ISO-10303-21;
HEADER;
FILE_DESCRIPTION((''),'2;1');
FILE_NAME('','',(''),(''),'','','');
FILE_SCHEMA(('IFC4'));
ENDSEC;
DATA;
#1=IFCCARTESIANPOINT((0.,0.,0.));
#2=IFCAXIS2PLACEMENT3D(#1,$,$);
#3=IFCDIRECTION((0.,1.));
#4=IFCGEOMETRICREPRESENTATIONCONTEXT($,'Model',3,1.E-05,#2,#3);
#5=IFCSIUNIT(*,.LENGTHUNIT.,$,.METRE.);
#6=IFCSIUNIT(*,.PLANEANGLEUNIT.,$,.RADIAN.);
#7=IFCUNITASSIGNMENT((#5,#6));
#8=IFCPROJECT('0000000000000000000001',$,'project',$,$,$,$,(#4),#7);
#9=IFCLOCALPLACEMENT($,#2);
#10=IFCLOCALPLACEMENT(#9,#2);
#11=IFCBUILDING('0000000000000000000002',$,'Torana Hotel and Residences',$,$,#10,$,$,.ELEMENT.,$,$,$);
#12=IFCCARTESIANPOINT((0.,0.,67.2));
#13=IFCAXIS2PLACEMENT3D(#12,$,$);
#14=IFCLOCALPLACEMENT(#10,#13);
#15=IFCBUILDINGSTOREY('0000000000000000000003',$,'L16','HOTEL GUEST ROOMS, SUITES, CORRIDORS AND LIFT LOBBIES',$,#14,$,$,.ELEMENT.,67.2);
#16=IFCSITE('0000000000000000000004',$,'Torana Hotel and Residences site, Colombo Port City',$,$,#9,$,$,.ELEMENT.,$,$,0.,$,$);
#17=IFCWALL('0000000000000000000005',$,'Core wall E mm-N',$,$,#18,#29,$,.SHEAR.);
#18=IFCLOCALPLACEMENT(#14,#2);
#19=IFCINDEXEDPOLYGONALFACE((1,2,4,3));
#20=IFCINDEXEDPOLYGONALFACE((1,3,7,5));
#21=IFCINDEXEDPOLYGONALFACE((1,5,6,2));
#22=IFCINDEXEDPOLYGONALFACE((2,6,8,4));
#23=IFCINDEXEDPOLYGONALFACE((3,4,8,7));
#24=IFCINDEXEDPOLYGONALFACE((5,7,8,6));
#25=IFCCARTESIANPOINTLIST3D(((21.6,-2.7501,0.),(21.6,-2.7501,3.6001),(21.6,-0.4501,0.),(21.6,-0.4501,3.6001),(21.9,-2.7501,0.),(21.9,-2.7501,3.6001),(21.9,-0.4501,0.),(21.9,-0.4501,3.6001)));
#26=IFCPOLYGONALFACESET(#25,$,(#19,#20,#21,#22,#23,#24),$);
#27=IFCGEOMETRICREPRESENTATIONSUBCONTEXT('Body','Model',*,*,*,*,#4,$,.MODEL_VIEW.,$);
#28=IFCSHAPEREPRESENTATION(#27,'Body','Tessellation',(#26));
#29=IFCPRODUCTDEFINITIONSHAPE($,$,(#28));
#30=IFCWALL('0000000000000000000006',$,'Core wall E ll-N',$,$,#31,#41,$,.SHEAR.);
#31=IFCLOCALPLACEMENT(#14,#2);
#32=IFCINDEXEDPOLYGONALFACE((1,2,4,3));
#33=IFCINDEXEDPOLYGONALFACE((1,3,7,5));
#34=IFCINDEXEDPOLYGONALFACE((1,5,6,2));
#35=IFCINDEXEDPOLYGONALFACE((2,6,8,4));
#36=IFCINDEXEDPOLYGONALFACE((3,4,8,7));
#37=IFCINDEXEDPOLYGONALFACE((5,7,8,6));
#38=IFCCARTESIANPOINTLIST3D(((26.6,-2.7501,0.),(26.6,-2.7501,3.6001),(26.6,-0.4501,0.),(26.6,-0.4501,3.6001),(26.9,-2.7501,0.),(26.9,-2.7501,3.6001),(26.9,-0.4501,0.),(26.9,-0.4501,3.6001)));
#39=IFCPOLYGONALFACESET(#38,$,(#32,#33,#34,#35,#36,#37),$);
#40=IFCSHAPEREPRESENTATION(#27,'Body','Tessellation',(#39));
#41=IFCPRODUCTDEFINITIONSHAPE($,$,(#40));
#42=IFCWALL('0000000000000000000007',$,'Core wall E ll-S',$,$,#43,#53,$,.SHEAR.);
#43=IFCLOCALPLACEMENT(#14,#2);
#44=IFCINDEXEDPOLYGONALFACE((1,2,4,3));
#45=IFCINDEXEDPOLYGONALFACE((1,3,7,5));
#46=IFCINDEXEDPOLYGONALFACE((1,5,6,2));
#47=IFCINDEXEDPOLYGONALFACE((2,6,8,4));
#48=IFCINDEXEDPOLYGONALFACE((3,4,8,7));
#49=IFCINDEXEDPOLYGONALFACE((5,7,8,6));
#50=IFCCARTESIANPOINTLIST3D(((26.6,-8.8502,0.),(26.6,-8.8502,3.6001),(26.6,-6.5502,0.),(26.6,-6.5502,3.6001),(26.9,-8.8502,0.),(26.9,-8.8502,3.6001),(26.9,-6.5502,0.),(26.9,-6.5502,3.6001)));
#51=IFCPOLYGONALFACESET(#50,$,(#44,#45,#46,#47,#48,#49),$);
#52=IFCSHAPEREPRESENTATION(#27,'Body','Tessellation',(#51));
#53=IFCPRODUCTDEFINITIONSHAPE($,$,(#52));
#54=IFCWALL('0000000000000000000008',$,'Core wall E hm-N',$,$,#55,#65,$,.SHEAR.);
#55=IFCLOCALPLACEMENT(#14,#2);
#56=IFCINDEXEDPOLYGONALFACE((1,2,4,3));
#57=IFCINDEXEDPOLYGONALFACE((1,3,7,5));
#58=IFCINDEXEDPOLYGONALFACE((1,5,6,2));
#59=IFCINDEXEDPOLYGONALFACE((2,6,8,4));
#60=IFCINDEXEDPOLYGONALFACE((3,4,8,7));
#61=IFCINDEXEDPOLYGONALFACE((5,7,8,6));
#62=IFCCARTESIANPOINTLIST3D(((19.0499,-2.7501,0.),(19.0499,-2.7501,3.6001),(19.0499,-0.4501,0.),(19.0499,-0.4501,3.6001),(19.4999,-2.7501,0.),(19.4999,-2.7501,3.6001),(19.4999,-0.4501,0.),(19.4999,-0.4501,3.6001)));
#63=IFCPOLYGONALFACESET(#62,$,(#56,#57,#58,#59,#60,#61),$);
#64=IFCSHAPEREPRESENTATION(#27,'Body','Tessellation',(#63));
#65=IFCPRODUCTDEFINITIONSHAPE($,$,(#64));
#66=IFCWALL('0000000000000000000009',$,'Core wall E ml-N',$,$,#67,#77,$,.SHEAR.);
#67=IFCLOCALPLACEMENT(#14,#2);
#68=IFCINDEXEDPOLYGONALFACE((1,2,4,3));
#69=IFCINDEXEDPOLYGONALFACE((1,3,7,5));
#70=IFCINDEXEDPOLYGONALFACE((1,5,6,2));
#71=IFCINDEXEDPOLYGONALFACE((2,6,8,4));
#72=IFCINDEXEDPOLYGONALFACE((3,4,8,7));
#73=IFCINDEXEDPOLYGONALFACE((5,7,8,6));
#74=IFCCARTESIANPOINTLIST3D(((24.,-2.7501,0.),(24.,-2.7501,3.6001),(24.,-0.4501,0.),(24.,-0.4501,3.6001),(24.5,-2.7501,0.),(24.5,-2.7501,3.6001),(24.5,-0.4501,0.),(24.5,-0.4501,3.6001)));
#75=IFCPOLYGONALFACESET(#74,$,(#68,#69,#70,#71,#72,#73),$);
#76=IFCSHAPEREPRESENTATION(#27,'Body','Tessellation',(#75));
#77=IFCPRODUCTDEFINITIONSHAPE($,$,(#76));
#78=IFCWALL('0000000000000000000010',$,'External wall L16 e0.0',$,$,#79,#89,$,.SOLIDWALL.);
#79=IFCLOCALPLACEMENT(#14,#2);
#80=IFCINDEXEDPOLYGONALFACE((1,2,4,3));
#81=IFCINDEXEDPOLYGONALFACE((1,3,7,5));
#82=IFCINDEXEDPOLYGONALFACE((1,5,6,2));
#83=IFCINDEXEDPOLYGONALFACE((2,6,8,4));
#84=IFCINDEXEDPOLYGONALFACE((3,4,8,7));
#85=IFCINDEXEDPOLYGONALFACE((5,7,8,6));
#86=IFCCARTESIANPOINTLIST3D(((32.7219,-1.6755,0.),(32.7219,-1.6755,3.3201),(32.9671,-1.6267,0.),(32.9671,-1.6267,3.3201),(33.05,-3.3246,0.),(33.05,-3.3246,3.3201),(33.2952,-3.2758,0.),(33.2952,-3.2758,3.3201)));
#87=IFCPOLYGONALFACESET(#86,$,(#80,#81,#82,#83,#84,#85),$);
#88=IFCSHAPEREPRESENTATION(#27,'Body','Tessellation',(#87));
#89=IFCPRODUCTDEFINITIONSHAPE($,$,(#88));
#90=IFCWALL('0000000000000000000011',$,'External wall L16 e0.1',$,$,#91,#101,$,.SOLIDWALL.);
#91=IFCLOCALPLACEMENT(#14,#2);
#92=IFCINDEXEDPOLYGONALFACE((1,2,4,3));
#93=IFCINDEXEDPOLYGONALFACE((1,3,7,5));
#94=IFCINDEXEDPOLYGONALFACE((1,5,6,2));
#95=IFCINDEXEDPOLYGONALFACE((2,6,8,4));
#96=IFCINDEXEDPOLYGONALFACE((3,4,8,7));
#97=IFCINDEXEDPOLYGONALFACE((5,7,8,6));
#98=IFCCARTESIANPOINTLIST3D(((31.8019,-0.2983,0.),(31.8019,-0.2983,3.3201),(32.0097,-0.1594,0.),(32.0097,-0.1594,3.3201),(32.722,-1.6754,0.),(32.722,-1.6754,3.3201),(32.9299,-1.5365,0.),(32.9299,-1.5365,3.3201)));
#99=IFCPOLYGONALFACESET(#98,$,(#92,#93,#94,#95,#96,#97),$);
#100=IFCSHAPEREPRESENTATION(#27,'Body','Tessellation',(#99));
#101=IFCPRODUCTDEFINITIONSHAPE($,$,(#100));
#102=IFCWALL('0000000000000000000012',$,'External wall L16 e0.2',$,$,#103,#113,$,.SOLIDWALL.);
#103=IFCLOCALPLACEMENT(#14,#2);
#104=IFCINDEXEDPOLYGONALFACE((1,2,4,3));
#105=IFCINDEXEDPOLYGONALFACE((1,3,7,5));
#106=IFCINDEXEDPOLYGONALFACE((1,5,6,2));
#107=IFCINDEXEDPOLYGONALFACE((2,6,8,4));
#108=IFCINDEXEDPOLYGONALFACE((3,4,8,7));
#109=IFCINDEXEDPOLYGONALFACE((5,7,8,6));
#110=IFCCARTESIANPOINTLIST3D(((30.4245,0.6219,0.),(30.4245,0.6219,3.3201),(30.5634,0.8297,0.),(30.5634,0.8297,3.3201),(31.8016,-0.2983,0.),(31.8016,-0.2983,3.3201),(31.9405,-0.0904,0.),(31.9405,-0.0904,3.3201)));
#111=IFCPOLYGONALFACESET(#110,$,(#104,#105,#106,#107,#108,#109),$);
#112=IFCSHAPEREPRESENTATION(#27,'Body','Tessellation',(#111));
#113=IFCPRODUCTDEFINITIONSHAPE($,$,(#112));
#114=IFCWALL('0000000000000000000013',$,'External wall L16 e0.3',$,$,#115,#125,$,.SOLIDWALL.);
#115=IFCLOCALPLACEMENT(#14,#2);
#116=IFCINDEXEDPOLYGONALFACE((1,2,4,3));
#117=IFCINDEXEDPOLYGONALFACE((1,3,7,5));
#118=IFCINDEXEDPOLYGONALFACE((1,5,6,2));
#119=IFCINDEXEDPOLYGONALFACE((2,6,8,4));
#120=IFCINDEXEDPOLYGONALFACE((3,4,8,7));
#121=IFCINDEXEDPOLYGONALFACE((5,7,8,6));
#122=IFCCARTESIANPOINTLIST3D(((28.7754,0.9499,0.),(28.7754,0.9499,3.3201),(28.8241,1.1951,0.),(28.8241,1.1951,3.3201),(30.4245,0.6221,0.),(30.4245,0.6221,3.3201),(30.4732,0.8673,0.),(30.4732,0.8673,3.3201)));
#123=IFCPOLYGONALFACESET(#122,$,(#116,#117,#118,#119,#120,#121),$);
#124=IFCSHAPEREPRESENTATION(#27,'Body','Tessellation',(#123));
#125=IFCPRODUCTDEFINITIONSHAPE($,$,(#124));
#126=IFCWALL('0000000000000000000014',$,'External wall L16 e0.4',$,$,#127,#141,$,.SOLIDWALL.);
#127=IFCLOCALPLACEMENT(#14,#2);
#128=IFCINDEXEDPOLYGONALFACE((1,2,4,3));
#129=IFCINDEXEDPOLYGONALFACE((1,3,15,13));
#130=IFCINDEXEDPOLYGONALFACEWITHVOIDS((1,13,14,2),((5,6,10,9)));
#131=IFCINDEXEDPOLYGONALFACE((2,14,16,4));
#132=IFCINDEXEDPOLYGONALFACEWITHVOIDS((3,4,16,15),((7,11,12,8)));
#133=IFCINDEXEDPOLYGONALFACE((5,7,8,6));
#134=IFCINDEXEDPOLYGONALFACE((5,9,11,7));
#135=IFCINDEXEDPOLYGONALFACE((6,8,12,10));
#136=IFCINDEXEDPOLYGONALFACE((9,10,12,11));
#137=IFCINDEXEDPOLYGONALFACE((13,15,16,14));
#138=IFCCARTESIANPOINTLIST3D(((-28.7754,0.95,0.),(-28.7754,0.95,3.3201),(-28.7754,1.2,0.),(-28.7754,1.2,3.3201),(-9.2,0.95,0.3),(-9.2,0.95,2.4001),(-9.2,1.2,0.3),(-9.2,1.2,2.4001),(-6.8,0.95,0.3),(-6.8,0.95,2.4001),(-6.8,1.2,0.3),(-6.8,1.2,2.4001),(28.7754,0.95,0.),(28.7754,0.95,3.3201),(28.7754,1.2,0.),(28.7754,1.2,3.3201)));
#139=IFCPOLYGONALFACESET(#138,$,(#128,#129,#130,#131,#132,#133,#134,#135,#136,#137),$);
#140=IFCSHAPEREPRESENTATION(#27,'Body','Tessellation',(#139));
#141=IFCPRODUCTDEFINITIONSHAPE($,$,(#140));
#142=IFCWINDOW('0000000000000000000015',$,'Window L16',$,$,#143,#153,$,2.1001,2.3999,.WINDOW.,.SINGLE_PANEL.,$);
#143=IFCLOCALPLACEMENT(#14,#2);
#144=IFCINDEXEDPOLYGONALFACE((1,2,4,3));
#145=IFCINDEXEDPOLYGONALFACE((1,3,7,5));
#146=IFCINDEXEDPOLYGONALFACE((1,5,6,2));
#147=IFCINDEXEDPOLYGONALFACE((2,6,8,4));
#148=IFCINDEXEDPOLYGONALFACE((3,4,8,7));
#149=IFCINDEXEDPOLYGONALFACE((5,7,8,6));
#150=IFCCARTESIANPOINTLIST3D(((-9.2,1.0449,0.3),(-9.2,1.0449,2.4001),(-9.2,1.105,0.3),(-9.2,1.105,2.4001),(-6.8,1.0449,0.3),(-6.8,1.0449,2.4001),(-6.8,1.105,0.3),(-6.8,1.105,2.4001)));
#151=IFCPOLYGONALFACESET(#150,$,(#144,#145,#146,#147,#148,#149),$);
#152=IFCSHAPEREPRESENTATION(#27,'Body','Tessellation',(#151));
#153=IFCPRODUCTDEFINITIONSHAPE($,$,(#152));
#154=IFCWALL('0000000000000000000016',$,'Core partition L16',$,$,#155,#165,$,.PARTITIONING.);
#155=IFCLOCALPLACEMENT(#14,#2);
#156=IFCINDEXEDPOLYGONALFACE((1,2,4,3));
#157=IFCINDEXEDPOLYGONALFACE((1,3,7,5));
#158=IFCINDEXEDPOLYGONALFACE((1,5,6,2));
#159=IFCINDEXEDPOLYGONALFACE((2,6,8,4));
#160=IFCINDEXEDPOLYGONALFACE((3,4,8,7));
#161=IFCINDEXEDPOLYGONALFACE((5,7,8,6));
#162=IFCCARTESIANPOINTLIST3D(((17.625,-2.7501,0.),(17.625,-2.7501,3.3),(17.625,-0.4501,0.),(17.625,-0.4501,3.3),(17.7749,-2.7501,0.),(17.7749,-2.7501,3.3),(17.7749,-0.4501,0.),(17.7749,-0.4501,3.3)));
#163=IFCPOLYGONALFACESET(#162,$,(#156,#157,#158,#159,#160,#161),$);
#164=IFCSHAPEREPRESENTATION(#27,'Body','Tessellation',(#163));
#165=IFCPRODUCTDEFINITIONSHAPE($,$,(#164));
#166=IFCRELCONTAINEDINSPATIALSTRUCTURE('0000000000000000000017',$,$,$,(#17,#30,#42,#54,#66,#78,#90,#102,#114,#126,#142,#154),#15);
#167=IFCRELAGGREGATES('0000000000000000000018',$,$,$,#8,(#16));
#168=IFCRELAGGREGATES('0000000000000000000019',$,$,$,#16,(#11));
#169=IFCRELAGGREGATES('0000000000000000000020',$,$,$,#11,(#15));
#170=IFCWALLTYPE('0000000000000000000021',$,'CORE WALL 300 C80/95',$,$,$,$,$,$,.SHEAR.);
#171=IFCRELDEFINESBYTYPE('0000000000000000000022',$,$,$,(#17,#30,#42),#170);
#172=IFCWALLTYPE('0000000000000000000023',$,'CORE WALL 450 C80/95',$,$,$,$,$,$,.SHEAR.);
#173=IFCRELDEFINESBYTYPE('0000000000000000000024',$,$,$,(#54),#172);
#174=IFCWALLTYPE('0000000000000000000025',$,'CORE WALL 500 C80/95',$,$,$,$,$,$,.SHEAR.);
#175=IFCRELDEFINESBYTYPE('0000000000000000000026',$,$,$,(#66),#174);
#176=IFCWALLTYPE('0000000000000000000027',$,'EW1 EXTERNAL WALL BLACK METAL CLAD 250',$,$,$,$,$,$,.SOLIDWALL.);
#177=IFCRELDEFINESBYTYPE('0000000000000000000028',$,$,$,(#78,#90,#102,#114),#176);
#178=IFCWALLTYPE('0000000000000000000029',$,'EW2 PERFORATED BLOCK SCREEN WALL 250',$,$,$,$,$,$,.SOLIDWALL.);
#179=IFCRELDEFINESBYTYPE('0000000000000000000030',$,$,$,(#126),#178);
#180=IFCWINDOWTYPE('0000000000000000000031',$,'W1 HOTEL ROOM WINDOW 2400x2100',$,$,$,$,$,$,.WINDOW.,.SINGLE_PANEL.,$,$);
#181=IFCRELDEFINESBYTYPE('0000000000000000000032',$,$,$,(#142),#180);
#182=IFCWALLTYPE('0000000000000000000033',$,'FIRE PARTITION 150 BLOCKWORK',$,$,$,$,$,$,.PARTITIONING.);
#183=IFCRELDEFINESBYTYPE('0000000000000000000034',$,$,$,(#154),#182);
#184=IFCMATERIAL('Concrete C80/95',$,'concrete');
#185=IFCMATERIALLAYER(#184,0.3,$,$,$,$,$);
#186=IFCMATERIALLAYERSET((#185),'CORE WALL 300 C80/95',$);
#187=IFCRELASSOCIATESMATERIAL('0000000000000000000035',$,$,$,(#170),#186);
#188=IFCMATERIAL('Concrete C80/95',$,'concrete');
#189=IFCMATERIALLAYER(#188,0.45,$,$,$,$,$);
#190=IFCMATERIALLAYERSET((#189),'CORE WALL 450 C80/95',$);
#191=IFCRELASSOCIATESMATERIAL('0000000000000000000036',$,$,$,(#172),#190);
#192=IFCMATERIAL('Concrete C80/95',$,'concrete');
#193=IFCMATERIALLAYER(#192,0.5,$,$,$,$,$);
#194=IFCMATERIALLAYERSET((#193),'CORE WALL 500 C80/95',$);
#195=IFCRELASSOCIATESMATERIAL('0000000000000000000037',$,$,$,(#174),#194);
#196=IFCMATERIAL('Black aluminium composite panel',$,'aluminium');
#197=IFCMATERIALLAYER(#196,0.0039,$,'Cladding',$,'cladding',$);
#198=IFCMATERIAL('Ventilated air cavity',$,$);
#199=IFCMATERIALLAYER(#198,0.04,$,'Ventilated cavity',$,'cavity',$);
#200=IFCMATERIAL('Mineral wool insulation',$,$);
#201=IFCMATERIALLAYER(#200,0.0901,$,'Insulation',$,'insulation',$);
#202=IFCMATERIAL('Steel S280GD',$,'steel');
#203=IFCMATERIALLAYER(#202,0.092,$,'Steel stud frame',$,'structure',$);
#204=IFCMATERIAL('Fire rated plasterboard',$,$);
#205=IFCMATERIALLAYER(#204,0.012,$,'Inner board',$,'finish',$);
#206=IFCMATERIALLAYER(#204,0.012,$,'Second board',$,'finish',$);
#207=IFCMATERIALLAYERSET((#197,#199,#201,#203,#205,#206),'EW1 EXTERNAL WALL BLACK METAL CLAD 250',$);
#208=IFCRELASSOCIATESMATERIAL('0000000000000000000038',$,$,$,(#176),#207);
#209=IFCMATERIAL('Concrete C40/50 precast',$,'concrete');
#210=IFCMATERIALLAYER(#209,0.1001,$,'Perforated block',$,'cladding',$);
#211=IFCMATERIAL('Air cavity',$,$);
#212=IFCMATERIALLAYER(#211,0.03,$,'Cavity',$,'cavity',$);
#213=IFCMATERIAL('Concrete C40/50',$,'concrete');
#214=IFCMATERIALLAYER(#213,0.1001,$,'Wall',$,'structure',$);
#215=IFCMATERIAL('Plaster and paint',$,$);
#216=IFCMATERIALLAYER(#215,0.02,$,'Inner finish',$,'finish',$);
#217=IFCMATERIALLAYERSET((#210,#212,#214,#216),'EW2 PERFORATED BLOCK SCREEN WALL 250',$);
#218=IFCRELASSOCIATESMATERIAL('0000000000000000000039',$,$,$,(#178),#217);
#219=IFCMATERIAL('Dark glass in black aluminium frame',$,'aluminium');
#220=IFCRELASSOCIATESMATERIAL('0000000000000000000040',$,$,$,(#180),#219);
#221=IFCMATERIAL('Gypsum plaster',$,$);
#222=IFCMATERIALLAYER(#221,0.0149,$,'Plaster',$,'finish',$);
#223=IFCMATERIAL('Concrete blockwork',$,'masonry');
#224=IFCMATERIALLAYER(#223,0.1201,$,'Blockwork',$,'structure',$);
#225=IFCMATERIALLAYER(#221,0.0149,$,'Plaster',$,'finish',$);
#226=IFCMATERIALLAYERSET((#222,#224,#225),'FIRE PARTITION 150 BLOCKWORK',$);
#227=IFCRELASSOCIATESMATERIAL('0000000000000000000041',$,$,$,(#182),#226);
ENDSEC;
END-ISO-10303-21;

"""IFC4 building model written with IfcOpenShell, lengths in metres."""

from ifc_helpers import new_model, si_unit, direction, frame, frame_2d, origin, place, context, subcontext, project, spatial, rectangle, extrude, material, layer, layer_set, type_object, element, fill, save


model = new_model("IFC4")

# Units and contexts
model_context = context("Model", 3, precision=1e-05, world=origin(), true_north=direction((0.0, 1.0)))
body_context = subcontext(model_context, "Body", "Model", "MODEL_VIEW")
ifc_project = project(units=[si_unit("LENGTHUNIT", "METRE"), si_unit("PLANEANGLEUNIT", "RADIAN")], contexts=[model_context])

# Site, building, storey
site_placement = place(None, origin())
site = spatial("IfcSite", under=ifc_project, at=site_placement, Name="Torana Hotel and Residences site, Colombo Port City", CompositionType="ELEMENT", RefElevation=0.0)
building_placement = place(site_placement, origin())
building = spatial("IfcBuilding", under=site, at=building_placement, Name="Torana Hotel and Residences", CompositionType="ELEMENT")
storey_placement = place(building_placement, frame((0.0, 0.0, 67.2)))
storey = spatial("IfcBuildingStorey", under=building, at=storey_placement, Name="L16", Description="HOTEL GUEST ROOMS, SUITES, CORRIDORS AND LIFT LOBBIES", CompositionType="ELEMENT", Elevation=67.2)

# Walls
ifc_material_1 = material(Name="Concrete C80/95", Category="concrete")
ifc_layer_1 = layer(ifc_material_1, 0.3)
ifc_layer_set_1 = layer_set([ifc_layer_1], Name="CORE WALL 300 C80/95")
wall_type_1 = type_object("IfcWallType", Name="CORE WALL 300 C80/95", PredefinedType="SHEAR", material=ifc_layer_set_1)
for number, where, z_axis, x_axis, name in (
    (1, (21.75, -2.75, 0.0), (0.0, 0.0, 1.0), (0.0, 1.0, 0.0), "Core wall E mm-N"),
    (2, (26.75, -2.75, 0.0), (0.0, 0.0, 1.0), (0.0, 1.0, 0.0), "Core wall E ll-N"),
    (3, (26.75, -8.8501, 0.0), (0.0, 0.0, 1.0), (0.0, 1.0, 0.0), "Core wall E ll-S"),
):
    element("IfcWall", number, at=place(storey_placement, frame(where, z_axis=z_axis, x_axis=x_axis)), inside=storey, type_object=wall_type_1, Name=name, PredefinedType="SHEAR", context=body_context, shape_type="SweptSolid", body=[
        extrude(rectangle(XDim=2.3, YDim=0.3, at=frame_2d((1.1499, 0.0))), origin(), (0.0, 0.0, 1.0), 3.6001),
    ])
ifc_material_2 = material(Name="Concrete C80/95", Category="concrete")
ifc_layer_2 = layer(ifc_material_2, 0.45)
ifc_layer_set_2 = layer_set([ifc_layer_2], Name="CORE WALL 450 C80/95")
wall_type_2 = type_object("IfcWallType", Name="CORE WALL 450 C80/95", PredefinedType="SHEAR", material=ifc_layer_set_2)
wall_1_placement = place(storey_placement, frame((19.2749, -2.75, 0.0), z_axis=(0.0, 0.0, 1.0), x_axis=(0.0, 1.0, 0.0)))
element("IfcWall", 4, at=wall_1_placement, inside=storey, type_object=wall_type_2, Name="Core wall E hm-N", PredefinedType="SHEAR", context=body_context, shape_type="SweptSolid", body=[
    extrude(rectangle(XDim=2.3, YDim=0.45, at=frame_2d((1.1499, 0.0))), origin(), (0.0, 0.0, 1.0), 3.6001),
])
ifc_material_3 = material(Name="Concrete C80/95", Category="concrete")
ifc_layer_3 = layer(ifc_material_3, 0.5)
ifc_layer_set_3 = layer_set([ifc_layer_3], Name="CORE WALL 500 C80/95")
wall_type_3 = type_object("IfcWallType", Name="CORE WALL 500 C80/95", PredefinedType="SHEAR", material=ifc_layer_set_3)
wall_2_placement = place(storey_placement, frame((24.25, -2.75, 0.0), z_axis=(0.0, 0.0, 1.0), x_axis=(0.0, 1.0, 0.0)))
element("IfcWall", 5, at=wall_2_placement, inside=storey, type_object=wall_type_3, Name="Core wall E ml-N", PredefinedType="SHEAR", context=body_context, shape_type="SweptSolid", body=[
    extrude(rectangle(XDim=2.3, YDim=0.5, at=frame_2d((1.1499, 0.0))), origin(), (0.0, 0.0, 1.0), 3.6001),
])
ifc_material_4 = material(Name="Black aluminium composite panel", Category="aluminium")
ifc_layer_4 = layer(ifc_material_4, 0.0039, Name="Cladding", Category="cladding")
ifc_material_5 = material(Name="Ventilated air cavity")
ifc_layer_5 = layer(ifc_material_5, 0.04, Name="Ventilated cavity", Category="cavity")
ifc_material_6 = material(Name="Mineral wool insulation")
ifc_layer_6 = layer(ifc_material_6, 0.0901, Name="Insulation", Category="insulation")
ifc_material_7 = material(Name="Steel S280GD", Category="steel")
ifc_layer_7 = layer(ifc_material_7, 0.092, Name="Steel stud frame", Category="structure")
ifc_material_8 = material(Name="Fire rated plasterboard")
ifc_layer_8 = layer(ifc_material_8, 0.012, Name="Inner board", Category="finish")
ifc_layer_9 = layer(ifc_material_8, 0.012, Name="Second board", Category="finish")
ifc_layer_set_4 = layer_set([ifc_layer_4, ifc_layer_5, ifc_layer_6, ifc_layer_7, ifc_layer_8, ifc_layer_9], Name="EW1 EXTERNAL WALL BLACK METAL CLAD 250")
wall_type_4 = type_object("IfcWallType", Name="EW1 EXTERNAL WALL BLACK METAL CLAD 250", PredefinedType="SOLIDWALL", material=ifc_layer_set_4)
wall_3_placement = place(storey_placement, frame((33.1726, -3.3003, 0.0), z_axis=(0.0, 0.0, 1.0), x_axis=(-0.195139, 0.980776, 0.0)))
element("IfcWall", 6, at=wall_3_placement, inside=storey, type_object=wall_type_4, Name="External wall L16 e0.0", PredefinedType="SOLIDWALL", context=body_context, shape_type="SweptSolid", body=[
    extrude(rectangle(XDim=1.6814, YDim=0.25, at=frame_2d((0.8408, 0.0))), origin(), (0.0, 0.0, 1.0), 3.3201),
])
for number, where, z_axis, x_axis, name in (
    (7, (32.8259, -1.606, 0.0), (0.0, 0.0, 1.0), (-0.55555, 0.831483, 0.0), "External wall L16 e0.1"),
    (8, (31.8711, -0.1943, 0.0), (0.0, 0.0, 1.0), (-0.831483, 0.55555, 0.0), "External wall L16 e0.2"),
):
    element("IfcWall", number, at=place(storey_placement, frame(where, z_axis=z_axis, x_axis=x_axis)), inside=storey, type_object=wall_type_4, Name=name, PredefinedType="SOLIDWALL", context=body_context, shape_type="SweptSolid", body=[
        extrude(rectangle(XDim=1.6562, YDim=0.25, at=frame_2d((0.8281, 0.0))), origin(), (0.0, 0.0, 1.0), 3.3201),
    ])
wall_4_placement = place(storey_placement, frame((30.449, 0.7446, 0.0), z_axis=(0.0, 0.0, 1.0), x_axis=(-0.980803, 0.194999, 0.0)))
element("IfcWall", 9, at=wall_4_placement, inside=storey, type_object=wall_type_4, Name="External wall L16 e0.3", PredefinedType="SOLIDWALL", context=body_context, shape_type="SweptSolid", body=[
    extrude(rectangle(XDim=1.6814, YDim=0.25, at=frame_2d((0.8408, 0.0))), origin(), (0.0, 0.0, 1.0), 3.3201),
])

# Wall, opening, window
ifc_material_9 = material(Name="Concrete C40/50 precast", Category="concrete")
ifc_layer_10 = layer(ifc_material_9, 0.1001, Name="Perforated block", Category="cladding")
ifc_material_10 = material(Name="Air cavity")
ifc_layer_11 = layer(ifc_material_10, 0.03, Name="Cavity", Category="cavity")
ifc_material_11 = material(Name="Concrete C40/50", Category="concrete")
ifc_layer_12 = layer(ifc_material_11, 0.1001, Name="Wall", Category="structure")
ifc_material_12 = material(Name="Plaster and paint")
ifc_layer_13 = layer(ifc_material_12, 0.02, Name="Inner finish", Category="finish")
ifc_layer_set_5 = layer_set([ifc_layer_10, ifc_layer_11, ifc_layer_12, ifc_layer_13], Name="EW2 PERFORATED BLOCK SCREEN WALL 250")
wall_type_5 = type_object("IfcWallType", Name="EW2 PERFORATED BLOCK SCREEN WALL 250", PredefinedType="SOLIDWALL", material=ifc_layer_set_5)
wall_5_placement = place(storey_placement, frame((28.7754, 1.075, 0.0), z_axis=(0.0, 0.0, 1.0), x_axis=(-1.0, 0.0, 0.0)))
wall_5 = element("IfcWall", 10, at=wall_5_placement, inside=storey, type_object=wall_type_5, Name="External wall L16 e0.4", PredefinedType="SOLIDWALL", context=body_context, shape_type="SweptSolid", body=[
    extrude(rectangle(XDim=57.5508, YDim=0.25, at=frame_2d((28.7754, 0.0))), origin(), (0.0, 0.0, 1.0), 3.3201),
])
opening_1_placement = place(wall_5_placement, frame((35.5754, 0.0, 0.3)))
opening_1 = element("IfcOpeningElement", 11, at=opening_1_placement, cuts=wall_5, PredefinedType="OPENING", context=body_context, shape_type="SweptSolid", body=[
    extrude(rectangle(XDim=2.3999, YDim=2.1001, at=frame_2d((1.2, 1.05))), frame((0.0, 0.135, 0.0), z_axis=(0.0, -1.0, 0.0), x_axis=(1.0, 0.0, 0.0)), (0.0, 0.0, 1.0), 0.27),
])
ifc_material_13 = material(Name="Dark glass in black aluminium frame", Category="aluminium")
window_type = type_object("IfcWindowType", Name="W1 HOTEL ROOM WINDOW 2400x2100", PartitioningType="SINGLE_PANEL", PredefinedType="WINDOW", material=ifc_material_13)
window_placement = place(opening_1_placement, origin())
window = element("IfcWindow", 12, at=window_placement, inside=storey, type_object=window_type, Name="Window L16", OverallHeight=2.1001, OverallWidth=2.3999, PartitioningType="SINGLE_PANEL", PredefinedType="WINDOW", context=body_context, shape_type="SweptSolid", body=[
    extrude(rectangle(XDim=2.3999, YDim=2.1001, at=frame_2d((1.2, 1.05))), frame((0.0, 0.03, 0.0), z_axis=(0.0, -1.0, 0.0), x_axis=(1.0, 0.0, 0.0)), (0.0, 0.0, 1.0), 0.0601),
])
fill(opening_1, window)

# Wall
ifc_material_14 = material(Name="Gypsum plaster")
ifc_layer_14 = layer(ifc_material_14, 0.0149, Name="Plaster", Category="finish")
ifc_material_15 = material(Name="Concrete blockwork", Category="masonry")
ifc_layer_15 = layer(ifc_material_15, 0.1201, Name="Blockwork", Category="structure")
ifc_layer_16 = layer(ifc_material_14, 0.0149, Name="Plaster", Category="finish")
ifc_layer_set_6 = layer_set([ifc_layer_14, ifc_layer_15, ifc_layer_16], Name="FIRE PARTITION 150 BLOCKWORK")
wall_type_6 = type_object("IfcWallType", Name="FIRE PARTITION 150 BLOCKWORK", PredefinedType="PARTITIONING", material=ifc_layer_set_6)
wall_6_placement = place(storey_placement, frame((17.7, -2.75, 0.0), z_axis=(0.0, 0.0, 1.0), x_axis=(0.0, 1.0, 0.0)))
element("IfcWall", 13, at=wall_6_placement, inside=storey, type_object=wall_type_6, Name="Core partition L16", PredefinedType="PARTITIONING", context=body_context, shape_type="SweptSolid", body=[
    extrude(rectangle(XDim=2.3, YDim=0.1499, at=frame_2d((1.1499, 0.0))), origin(), (0.0, 0.0, 1.0), 3.3),
])

save(model, "model.ifc")
